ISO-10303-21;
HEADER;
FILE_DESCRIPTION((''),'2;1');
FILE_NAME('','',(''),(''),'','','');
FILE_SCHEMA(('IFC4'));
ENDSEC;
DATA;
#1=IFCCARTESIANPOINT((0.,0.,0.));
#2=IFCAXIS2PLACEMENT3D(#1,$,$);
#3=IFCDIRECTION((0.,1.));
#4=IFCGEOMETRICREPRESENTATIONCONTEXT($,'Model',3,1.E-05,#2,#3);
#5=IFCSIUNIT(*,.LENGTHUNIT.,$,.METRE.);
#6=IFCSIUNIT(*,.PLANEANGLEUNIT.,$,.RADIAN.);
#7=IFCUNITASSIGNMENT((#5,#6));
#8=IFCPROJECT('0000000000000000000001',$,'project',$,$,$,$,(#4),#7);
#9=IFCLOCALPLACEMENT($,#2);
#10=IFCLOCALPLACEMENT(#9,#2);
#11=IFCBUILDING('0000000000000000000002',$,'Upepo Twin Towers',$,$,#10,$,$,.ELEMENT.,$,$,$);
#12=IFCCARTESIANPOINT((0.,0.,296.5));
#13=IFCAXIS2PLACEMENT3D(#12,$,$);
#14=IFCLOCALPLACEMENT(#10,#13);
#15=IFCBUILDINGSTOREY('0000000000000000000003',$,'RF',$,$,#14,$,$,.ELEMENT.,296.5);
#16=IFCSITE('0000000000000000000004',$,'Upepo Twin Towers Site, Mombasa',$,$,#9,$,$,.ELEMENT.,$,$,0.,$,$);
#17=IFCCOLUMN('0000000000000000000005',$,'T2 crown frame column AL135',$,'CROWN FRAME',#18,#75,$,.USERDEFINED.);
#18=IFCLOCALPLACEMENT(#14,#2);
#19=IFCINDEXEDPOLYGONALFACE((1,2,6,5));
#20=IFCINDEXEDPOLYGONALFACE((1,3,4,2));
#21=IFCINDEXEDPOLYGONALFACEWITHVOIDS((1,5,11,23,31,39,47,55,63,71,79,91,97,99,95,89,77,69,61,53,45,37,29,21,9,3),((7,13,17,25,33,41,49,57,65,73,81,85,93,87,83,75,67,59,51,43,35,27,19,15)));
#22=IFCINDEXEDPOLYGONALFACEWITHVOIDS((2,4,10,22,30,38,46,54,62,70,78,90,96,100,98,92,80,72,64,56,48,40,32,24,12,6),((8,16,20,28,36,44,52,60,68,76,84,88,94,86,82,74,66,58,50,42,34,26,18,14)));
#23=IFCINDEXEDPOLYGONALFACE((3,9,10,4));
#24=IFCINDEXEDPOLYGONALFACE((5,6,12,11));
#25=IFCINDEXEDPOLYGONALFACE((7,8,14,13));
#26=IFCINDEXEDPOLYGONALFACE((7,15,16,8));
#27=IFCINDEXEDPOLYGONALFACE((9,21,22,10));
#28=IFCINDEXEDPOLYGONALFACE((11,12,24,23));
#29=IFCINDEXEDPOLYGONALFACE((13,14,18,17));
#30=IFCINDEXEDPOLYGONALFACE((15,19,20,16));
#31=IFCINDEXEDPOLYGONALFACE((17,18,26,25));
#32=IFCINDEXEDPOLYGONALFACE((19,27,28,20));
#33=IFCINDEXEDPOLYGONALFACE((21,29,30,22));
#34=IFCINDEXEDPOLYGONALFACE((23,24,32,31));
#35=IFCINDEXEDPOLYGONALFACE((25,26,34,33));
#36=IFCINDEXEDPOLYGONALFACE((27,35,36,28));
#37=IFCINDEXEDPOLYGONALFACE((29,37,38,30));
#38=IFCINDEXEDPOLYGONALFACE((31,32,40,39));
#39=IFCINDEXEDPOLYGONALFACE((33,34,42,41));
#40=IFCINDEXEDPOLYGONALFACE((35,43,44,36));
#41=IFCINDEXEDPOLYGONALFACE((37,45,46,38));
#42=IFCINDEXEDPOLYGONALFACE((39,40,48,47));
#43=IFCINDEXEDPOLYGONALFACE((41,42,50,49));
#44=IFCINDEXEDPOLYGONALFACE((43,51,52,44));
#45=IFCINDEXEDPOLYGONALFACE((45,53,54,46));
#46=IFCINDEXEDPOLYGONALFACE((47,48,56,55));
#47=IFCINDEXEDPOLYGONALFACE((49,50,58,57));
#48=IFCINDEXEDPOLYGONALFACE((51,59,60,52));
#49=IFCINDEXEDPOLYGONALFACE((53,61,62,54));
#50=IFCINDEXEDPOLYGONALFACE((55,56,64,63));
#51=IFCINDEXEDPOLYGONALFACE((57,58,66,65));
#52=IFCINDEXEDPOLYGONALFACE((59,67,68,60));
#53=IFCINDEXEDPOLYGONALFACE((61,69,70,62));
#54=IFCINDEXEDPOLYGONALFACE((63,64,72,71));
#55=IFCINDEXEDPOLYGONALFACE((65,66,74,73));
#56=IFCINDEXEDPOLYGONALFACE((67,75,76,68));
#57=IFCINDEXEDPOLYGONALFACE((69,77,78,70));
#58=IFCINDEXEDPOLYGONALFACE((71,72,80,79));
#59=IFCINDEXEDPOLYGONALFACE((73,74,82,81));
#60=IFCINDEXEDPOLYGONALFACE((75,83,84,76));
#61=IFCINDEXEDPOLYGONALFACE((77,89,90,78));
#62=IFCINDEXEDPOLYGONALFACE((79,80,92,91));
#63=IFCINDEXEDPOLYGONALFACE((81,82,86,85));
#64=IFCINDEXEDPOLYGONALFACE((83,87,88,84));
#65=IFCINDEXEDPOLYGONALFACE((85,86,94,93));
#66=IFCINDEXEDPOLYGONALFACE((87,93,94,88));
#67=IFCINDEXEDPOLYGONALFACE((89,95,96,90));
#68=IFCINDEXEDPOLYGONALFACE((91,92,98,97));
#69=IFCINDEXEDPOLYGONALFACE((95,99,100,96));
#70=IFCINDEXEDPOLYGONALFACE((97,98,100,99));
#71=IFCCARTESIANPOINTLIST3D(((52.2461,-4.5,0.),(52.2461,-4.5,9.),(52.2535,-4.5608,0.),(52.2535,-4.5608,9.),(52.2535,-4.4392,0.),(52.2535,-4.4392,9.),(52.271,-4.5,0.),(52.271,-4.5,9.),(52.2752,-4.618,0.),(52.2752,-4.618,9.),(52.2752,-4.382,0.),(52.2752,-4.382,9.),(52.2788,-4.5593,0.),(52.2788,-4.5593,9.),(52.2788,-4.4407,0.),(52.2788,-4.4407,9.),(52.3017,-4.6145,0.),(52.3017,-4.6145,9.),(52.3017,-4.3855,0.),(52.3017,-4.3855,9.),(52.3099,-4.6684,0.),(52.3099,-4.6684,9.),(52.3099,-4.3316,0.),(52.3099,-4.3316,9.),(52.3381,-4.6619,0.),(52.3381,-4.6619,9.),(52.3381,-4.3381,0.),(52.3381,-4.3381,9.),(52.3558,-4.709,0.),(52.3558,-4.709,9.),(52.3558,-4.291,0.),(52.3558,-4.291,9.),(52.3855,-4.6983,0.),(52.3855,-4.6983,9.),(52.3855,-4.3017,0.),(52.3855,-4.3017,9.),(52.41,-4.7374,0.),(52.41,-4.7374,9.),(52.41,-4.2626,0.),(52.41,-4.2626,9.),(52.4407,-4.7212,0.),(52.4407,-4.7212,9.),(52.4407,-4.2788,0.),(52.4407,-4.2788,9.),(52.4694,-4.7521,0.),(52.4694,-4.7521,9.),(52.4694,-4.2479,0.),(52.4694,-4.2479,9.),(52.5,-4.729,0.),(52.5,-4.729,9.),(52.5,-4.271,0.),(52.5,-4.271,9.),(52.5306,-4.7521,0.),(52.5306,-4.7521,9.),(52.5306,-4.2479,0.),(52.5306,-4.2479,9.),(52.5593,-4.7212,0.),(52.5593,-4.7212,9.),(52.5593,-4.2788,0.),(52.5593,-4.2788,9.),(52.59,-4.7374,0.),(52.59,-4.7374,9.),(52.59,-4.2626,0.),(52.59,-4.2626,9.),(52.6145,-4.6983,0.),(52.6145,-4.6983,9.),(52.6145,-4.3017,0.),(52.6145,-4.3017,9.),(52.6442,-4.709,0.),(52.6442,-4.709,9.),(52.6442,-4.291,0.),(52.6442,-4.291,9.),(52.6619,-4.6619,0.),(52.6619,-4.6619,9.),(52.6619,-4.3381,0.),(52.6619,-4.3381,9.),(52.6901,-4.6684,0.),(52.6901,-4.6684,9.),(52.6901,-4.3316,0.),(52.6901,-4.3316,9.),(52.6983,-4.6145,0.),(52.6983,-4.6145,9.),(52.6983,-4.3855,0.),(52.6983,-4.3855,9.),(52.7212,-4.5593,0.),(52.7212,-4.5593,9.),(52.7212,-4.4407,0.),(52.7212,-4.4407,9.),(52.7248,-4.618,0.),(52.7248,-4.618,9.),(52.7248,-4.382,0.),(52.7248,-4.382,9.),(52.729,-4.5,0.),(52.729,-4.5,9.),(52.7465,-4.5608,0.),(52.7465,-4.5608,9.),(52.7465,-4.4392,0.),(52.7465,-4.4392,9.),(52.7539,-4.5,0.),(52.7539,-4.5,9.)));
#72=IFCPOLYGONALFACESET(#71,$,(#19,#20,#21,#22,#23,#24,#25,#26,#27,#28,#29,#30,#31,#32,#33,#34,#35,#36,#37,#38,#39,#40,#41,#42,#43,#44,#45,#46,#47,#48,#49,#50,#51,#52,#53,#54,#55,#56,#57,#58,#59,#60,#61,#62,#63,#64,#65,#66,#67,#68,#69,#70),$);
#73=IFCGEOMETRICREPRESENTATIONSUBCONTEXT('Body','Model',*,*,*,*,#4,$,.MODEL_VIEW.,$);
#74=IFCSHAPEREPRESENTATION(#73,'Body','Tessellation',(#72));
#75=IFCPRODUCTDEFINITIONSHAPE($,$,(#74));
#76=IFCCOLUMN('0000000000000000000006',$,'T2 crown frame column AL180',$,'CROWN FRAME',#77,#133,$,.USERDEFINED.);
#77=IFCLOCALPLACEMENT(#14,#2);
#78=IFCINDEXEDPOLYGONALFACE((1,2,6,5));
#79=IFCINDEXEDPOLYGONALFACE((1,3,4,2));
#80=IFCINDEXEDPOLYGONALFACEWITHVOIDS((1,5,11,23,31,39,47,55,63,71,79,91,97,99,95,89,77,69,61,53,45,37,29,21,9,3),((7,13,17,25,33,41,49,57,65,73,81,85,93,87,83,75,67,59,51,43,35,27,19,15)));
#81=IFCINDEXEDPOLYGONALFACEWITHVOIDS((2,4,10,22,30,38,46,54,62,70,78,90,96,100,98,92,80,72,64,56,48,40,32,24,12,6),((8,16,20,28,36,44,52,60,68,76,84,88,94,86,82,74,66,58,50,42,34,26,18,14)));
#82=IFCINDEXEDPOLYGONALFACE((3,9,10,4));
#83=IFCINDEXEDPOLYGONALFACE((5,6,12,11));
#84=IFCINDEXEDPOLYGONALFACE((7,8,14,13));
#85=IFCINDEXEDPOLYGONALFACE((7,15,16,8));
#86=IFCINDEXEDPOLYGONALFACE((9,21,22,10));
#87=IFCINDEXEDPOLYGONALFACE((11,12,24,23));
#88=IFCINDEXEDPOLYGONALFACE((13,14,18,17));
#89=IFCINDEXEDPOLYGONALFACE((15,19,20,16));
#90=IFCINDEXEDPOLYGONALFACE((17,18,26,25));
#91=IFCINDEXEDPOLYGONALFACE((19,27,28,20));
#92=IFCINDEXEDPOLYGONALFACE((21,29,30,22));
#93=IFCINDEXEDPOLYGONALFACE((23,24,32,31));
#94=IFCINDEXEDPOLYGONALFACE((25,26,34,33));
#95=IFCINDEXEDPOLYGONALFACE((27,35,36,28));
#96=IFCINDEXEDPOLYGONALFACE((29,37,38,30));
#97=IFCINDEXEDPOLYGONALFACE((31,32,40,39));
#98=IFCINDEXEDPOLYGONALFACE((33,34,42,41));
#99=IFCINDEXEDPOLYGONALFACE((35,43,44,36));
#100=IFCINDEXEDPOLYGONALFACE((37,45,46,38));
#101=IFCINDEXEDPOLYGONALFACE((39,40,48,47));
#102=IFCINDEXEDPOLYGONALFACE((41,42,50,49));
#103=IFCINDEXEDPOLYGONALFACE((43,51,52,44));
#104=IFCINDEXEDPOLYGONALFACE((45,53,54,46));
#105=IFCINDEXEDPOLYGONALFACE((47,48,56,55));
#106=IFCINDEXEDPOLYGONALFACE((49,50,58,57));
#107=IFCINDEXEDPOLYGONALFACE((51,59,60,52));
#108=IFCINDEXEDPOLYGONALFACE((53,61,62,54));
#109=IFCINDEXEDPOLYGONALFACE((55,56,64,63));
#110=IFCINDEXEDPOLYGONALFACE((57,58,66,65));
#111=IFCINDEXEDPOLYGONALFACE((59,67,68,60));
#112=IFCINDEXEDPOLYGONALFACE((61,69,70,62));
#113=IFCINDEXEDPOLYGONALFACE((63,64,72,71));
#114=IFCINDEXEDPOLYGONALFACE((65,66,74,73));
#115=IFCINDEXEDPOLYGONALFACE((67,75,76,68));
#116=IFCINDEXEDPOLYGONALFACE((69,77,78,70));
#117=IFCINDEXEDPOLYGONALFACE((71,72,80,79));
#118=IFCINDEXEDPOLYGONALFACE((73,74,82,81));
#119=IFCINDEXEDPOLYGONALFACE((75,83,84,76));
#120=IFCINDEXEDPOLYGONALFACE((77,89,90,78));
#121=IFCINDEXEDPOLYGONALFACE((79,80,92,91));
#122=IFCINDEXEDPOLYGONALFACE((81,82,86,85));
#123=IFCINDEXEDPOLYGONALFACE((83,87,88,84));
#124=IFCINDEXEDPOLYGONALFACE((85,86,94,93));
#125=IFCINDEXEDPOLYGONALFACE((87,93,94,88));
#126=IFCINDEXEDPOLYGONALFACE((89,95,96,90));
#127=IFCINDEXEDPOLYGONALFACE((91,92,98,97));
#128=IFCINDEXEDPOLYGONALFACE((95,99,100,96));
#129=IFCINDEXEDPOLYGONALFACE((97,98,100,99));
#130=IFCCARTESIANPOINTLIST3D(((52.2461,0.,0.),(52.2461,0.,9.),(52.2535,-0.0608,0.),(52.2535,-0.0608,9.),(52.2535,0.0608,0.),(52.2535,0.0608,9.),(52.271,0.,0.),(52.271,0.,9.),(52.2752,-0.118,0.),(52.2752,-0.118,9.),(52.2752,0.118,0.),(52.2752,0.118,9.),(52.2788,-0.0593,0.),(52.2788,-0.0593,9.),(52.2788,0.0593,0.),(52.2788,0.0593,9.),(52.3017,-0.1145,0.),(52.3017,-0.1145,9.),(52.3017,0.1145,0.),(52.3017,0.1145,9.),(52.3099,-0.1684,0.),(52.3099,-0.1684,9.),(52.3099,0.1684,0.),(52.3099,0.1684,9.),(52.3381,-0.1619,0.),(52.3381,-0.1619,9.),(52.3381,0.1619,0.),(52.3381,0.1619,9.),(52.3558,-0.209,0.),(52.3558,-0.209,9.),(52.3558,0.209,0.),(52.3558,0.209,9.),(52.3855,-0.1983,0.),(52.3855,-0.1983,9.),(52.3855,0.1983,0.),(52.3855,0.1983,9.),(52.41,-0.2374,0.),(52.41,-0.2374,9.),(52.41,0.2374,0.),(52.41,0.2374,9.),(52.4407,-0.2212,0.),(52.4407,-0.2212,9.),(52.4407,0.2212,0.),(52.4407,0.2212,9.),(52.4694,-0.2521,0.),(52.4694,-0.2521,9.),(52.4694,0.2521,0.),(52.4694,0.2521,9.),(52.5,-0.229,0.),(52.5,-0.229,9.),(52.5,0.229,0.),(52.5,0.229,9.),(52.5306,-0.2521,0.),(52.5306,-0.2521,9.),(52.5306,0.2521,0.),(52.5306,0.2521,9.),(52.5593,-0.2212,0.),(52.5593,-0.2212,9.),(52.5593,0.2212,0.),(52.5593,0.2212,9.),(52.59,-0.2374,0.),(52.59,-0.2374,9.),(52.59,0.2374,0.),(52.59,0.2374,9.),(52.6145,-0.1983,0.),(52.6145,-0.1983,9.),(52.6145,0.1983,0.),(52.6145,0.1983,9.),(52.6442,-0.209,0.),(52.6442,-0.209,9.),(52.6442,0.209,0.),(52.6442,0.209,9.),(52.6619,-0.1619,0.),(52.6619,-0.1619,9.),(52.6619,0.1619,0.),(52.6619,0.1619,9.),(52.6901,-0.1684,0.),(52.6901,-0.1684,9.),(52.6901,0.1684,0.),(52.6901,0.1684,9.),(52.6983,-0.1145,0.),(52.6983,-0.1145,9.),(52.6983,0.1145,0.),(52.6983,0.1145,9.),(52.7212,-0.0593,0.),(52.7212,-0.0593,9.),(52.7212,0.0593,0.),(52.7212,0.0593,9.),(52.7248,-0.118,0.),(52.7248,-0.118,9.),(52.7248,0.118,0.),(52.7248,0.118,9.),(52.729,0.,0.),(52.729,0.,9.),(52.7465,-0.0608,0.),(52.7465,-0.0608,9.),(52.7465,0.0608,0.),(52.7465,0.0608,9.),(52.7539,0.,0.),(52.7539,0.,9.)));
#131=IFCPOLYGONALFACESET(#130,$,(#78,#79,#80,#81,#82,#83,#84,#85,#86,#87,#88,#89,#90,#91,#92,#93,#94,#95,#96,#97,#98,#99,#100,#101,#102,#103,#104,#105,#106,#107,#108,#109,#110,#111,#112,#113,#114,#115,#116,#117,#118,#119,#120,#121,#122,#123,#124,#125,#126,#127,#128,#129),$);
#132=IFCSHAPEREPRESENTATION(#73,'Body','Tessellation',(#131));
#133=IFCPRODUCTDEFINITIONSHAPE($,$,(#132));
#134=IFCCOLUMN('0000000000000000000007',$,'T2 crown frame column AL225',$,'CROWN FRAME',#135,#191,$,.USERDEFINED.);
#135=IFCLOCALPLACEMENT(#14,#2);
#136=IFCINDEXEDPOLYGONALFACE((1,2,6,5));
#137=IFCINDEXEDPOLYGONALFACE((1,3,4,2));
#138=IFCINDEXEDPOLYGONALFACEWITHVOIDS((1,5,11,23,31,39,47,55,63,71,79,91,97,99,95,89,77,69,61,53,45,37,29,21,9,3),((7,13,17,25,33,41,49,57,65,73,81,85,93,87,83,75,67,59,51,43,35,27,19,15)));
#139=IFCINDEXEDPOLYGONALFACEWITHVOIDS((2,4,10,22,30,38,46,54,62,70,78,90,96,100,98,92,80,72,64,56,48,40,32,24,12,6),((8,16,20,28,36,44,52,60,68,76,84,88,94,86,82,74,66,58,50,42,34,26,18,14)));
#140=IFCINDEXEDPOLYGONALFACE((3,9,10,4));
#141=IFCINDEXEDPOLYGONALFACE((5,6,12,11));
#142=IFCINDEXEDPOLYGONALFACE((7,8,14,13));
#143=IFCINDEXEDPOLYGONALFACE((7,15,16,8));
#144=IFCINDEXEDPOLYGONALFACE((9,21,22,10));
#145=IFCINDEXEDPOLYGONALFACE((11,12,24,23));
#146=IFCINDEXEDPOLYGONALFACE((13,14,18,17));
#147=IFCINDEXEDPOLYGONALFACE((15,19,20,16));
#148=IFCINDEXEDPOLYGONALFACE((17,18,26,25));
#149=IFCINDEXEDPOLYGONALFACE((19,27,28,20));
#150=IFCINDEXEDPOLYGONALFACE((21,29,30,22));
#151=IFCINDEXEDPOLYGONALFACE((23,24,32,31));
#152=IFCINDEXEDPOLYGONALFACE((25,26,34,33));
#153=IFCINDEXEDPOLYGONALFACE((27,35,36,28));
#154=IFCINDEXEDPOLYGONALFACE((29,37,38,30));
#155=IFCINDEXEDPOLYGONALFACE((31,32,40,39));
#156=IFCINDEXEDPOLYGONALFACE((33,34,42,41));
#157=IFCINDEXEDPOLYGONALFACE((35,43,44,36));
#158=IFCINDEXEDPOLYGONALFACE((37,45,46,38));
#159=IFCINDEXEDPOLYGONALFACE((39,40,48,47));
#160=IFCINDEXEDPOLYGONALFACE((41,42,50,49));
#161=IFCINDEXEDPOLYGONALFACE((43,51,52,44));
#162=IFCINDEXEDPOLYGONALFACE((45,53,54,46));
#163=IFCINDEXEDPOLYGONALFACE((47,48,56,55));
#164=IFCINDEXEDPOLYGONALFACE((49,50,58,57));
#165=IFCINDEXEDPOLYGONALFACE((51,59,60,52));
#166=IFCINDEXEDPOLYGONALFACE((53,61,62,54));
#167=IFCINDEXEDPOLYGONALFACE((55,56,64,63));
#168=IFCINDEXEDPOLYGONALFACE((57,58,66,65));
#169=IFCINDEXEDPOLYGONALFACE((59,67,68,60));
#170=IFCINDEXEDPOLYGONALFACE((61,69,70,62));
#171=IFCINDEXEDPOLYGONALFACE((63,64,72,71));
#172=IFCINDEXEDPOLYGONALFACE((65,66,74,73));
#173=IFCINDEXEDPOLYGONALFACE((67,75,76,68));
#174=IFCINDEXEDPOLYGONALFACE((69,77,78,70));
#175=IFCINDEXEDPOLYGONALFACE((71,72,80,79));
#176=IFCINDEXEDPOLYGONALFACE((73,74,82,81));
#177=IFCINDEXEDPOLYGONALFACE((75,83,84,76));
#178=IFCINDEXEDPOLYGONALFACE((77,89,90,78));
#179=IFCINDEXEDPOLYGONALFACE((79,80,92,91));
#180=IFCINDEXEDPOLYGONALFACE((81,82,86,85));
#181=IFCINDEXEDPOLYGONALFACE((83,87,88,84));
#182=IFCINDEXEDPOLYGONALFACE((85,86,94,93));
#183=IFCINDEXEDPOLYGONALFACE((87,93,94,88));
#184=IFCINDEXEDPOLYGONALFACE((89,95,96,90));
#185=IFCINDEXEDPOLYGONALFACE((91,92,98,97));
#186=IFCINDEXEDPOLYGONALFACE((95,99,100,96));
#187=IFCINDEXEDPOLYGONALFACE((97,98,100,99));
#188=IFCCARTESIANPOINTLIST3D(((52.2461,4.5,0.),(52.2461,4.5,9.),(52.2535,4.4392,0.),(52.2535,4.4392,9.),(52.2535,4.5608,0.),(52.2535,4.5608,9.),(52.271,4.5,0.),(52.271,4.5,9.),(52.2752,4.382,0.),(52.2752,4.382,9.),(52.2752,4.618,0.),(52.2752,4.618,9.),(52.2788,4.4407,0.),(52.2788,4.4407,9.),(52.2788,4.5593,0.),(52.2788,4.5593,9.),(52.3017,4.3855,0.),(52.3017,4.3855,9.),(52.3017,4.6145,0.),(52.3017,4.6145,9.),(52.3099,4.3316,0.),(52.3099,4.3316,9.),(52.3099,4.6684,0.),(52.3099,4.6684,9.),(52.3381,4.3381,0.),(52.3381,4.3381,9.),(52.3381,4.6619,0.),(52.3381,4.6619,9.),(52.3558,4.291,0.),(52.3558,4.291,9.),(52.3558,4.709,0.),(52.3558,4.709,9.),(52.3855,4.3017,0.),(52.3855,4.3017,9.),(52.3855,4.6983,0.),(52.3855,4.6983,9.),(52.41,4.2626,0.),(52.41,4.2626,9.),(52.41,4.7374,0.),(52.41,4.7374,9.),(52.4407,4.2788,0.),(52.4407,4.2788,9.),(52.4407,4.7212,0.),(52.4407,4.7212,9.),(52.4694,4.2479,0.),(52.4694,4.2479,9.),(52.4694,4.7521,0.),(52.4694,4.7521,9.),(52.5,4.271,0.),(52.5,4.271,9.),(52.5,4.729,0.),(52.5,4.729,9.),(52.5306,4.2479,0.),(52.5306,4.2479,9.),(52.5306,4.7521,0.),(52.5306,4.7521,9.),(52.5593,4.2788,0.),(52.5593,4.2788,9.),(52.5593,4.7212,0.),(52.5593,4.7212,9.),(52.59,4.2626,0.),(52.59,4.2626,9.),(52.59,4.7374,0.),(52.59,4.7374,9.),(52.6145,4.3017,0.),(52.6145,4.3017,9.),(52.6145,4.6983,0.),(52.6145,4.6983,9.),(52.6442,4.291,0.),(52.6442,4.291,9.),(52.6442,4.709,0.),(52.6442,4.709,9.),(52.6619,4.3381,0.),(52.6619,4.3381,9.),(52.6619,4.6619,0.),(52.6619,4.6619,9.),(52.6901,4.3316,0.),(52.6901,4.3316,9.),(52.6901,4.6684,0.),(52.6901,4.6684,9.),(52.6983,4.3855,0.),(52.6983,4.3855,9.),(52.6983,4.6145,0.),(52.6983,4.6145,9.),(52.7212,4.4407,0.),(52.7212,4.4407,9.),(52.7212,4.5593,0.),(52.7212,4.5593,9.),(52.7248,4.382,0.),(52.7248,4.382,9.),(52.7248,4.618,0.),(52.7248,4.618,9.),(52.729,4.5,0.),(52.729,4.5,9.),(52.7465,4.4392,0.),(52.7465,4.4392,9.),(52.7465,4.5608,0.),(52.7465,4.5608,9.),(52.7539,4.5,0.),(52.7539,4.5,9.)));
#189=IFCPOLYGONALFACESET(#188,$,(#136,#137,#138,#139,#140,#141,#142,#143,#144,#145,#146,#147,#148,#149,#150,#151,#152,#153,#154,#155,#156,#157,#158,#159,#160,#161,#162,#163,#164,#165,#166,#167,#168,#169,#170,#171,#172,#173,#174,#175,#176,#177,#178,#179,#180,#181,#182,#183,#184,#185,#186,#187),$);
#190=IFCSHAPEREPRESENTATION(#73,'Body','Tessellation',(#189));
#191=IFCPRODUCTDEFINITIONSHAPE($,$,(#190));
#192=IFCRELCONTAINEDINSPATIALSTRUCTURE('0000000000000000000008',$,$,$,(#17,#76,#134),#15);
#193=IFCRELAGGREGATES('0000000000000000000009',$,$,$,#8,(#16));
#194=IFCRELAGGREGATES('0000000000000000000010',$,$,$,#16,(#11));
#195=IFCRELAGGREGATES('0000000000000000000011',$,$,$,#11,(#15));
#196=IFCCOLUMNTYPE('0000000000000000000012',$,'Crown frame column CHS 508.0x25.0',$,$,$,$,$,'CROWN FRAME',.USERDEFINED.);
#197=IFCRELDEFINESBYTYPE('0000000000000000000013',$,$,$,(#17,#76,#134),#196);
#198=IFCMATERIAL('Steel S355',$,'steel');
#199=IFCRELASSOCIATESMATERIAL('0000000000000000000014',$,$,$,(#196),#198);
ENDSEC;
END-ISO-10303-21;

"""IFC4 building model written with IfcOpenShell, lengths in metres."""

from ifc_helpers import new_model, si_unit, direction, frame, origin, origin_2d, place, context, subcontext, project, spatial, hollow_circle, extrude, material, material_profile, profile_set, type_object, element, save


model = new_model("IFC4")

# Units and contexts
model_context = context("Model", 3, precision=1e-05, world=origin(), true_north=direction((0.0, 1.0)))
body_context = subcontext(model_context, "Body", "Model", "MODEL_VIEW")
ifc_project = project(units=[si_unit("LENGTHUNIT", "METRE"), si_unit("PLANEANGLEUNIT", "RADIAN")], contexts=[model_context])

# Site, building, storey
site_placement = place(None, origin())
site = spatial("IfcSite", under=ifc_project, at=site_placement, Name="Upepo Twin Towers Site, Mombasa", CompositionType="ELEMENT", RefElevation=0.0)
building_placement = place(site_placement, origin())
building = spatial("IfcBuilding", under=site, at=building_placement, Name="Upepo Twin Towers", CompositionType="ELEMENT")
storey_placement = place(building_placement, frame((0.0, 0.0, 296.5)))
storey = spatial("IfcBuildingStorey", under=building, at=storey_placement, Name="RF", CompositionType="ELEMENT", Elevation=296.5)

# Columns
ifc_material_1 = material(Name="Steel S355", Category="steel")
ifc_material_profile_1 = material_profile(ifc_material_1, hollow_circle(Radius=0.2539, WallThickness=0.0249, at=origin_2d()), Name="CHS 508.0x25.0")
ifc_profile_set_1 = profile_set([ifc_material_profile_1], Name="Steel S355")
column_type = type_object("IfcColumnType", Name="Crown frame column CHS 508.0x25.0", ElementType="CROWN FRAME", PredefinedType="USERDEFINED", material=ifc_profile_set_1)
for number, where, z_axis, x_axis, name in (
    (1, (52.5, -4.5, 0.0), (0.0, 0.0, 1.0), (1.0, 0.0, 0.0), "T2 crown frame column AL135"),
    (2, (52.5, 0.0, 0.0), (0.0, 0.0, 1.0), (1.0, 0.0, 0.0), "T2 crown frame column AL180"),
    (3, (52.5, 4.5, 0.0), (0.0, 0.0, 1.0), (1.0, 0.0, 0.0), "T2 crown frame column AL225"),
):
    element("IfcColumn", number, at=place(storey_placement, frame(where, z_axis=z_axis, x_axis=x_axis)), inside=storey, type_object=column_type, Name=name, ObjectType="CROWN FRAME", PredefinedType="USERDEFINED", context=body_context, shape_type="SweptSolid", body=[
        extrude(hollow_circle(Radius=0.2539, WallThickness=0.0249, at=origin_2d()), origin(), (0.0, 0.0, 1.0), 9.0),
    ])

save(model, "model.ifc")
